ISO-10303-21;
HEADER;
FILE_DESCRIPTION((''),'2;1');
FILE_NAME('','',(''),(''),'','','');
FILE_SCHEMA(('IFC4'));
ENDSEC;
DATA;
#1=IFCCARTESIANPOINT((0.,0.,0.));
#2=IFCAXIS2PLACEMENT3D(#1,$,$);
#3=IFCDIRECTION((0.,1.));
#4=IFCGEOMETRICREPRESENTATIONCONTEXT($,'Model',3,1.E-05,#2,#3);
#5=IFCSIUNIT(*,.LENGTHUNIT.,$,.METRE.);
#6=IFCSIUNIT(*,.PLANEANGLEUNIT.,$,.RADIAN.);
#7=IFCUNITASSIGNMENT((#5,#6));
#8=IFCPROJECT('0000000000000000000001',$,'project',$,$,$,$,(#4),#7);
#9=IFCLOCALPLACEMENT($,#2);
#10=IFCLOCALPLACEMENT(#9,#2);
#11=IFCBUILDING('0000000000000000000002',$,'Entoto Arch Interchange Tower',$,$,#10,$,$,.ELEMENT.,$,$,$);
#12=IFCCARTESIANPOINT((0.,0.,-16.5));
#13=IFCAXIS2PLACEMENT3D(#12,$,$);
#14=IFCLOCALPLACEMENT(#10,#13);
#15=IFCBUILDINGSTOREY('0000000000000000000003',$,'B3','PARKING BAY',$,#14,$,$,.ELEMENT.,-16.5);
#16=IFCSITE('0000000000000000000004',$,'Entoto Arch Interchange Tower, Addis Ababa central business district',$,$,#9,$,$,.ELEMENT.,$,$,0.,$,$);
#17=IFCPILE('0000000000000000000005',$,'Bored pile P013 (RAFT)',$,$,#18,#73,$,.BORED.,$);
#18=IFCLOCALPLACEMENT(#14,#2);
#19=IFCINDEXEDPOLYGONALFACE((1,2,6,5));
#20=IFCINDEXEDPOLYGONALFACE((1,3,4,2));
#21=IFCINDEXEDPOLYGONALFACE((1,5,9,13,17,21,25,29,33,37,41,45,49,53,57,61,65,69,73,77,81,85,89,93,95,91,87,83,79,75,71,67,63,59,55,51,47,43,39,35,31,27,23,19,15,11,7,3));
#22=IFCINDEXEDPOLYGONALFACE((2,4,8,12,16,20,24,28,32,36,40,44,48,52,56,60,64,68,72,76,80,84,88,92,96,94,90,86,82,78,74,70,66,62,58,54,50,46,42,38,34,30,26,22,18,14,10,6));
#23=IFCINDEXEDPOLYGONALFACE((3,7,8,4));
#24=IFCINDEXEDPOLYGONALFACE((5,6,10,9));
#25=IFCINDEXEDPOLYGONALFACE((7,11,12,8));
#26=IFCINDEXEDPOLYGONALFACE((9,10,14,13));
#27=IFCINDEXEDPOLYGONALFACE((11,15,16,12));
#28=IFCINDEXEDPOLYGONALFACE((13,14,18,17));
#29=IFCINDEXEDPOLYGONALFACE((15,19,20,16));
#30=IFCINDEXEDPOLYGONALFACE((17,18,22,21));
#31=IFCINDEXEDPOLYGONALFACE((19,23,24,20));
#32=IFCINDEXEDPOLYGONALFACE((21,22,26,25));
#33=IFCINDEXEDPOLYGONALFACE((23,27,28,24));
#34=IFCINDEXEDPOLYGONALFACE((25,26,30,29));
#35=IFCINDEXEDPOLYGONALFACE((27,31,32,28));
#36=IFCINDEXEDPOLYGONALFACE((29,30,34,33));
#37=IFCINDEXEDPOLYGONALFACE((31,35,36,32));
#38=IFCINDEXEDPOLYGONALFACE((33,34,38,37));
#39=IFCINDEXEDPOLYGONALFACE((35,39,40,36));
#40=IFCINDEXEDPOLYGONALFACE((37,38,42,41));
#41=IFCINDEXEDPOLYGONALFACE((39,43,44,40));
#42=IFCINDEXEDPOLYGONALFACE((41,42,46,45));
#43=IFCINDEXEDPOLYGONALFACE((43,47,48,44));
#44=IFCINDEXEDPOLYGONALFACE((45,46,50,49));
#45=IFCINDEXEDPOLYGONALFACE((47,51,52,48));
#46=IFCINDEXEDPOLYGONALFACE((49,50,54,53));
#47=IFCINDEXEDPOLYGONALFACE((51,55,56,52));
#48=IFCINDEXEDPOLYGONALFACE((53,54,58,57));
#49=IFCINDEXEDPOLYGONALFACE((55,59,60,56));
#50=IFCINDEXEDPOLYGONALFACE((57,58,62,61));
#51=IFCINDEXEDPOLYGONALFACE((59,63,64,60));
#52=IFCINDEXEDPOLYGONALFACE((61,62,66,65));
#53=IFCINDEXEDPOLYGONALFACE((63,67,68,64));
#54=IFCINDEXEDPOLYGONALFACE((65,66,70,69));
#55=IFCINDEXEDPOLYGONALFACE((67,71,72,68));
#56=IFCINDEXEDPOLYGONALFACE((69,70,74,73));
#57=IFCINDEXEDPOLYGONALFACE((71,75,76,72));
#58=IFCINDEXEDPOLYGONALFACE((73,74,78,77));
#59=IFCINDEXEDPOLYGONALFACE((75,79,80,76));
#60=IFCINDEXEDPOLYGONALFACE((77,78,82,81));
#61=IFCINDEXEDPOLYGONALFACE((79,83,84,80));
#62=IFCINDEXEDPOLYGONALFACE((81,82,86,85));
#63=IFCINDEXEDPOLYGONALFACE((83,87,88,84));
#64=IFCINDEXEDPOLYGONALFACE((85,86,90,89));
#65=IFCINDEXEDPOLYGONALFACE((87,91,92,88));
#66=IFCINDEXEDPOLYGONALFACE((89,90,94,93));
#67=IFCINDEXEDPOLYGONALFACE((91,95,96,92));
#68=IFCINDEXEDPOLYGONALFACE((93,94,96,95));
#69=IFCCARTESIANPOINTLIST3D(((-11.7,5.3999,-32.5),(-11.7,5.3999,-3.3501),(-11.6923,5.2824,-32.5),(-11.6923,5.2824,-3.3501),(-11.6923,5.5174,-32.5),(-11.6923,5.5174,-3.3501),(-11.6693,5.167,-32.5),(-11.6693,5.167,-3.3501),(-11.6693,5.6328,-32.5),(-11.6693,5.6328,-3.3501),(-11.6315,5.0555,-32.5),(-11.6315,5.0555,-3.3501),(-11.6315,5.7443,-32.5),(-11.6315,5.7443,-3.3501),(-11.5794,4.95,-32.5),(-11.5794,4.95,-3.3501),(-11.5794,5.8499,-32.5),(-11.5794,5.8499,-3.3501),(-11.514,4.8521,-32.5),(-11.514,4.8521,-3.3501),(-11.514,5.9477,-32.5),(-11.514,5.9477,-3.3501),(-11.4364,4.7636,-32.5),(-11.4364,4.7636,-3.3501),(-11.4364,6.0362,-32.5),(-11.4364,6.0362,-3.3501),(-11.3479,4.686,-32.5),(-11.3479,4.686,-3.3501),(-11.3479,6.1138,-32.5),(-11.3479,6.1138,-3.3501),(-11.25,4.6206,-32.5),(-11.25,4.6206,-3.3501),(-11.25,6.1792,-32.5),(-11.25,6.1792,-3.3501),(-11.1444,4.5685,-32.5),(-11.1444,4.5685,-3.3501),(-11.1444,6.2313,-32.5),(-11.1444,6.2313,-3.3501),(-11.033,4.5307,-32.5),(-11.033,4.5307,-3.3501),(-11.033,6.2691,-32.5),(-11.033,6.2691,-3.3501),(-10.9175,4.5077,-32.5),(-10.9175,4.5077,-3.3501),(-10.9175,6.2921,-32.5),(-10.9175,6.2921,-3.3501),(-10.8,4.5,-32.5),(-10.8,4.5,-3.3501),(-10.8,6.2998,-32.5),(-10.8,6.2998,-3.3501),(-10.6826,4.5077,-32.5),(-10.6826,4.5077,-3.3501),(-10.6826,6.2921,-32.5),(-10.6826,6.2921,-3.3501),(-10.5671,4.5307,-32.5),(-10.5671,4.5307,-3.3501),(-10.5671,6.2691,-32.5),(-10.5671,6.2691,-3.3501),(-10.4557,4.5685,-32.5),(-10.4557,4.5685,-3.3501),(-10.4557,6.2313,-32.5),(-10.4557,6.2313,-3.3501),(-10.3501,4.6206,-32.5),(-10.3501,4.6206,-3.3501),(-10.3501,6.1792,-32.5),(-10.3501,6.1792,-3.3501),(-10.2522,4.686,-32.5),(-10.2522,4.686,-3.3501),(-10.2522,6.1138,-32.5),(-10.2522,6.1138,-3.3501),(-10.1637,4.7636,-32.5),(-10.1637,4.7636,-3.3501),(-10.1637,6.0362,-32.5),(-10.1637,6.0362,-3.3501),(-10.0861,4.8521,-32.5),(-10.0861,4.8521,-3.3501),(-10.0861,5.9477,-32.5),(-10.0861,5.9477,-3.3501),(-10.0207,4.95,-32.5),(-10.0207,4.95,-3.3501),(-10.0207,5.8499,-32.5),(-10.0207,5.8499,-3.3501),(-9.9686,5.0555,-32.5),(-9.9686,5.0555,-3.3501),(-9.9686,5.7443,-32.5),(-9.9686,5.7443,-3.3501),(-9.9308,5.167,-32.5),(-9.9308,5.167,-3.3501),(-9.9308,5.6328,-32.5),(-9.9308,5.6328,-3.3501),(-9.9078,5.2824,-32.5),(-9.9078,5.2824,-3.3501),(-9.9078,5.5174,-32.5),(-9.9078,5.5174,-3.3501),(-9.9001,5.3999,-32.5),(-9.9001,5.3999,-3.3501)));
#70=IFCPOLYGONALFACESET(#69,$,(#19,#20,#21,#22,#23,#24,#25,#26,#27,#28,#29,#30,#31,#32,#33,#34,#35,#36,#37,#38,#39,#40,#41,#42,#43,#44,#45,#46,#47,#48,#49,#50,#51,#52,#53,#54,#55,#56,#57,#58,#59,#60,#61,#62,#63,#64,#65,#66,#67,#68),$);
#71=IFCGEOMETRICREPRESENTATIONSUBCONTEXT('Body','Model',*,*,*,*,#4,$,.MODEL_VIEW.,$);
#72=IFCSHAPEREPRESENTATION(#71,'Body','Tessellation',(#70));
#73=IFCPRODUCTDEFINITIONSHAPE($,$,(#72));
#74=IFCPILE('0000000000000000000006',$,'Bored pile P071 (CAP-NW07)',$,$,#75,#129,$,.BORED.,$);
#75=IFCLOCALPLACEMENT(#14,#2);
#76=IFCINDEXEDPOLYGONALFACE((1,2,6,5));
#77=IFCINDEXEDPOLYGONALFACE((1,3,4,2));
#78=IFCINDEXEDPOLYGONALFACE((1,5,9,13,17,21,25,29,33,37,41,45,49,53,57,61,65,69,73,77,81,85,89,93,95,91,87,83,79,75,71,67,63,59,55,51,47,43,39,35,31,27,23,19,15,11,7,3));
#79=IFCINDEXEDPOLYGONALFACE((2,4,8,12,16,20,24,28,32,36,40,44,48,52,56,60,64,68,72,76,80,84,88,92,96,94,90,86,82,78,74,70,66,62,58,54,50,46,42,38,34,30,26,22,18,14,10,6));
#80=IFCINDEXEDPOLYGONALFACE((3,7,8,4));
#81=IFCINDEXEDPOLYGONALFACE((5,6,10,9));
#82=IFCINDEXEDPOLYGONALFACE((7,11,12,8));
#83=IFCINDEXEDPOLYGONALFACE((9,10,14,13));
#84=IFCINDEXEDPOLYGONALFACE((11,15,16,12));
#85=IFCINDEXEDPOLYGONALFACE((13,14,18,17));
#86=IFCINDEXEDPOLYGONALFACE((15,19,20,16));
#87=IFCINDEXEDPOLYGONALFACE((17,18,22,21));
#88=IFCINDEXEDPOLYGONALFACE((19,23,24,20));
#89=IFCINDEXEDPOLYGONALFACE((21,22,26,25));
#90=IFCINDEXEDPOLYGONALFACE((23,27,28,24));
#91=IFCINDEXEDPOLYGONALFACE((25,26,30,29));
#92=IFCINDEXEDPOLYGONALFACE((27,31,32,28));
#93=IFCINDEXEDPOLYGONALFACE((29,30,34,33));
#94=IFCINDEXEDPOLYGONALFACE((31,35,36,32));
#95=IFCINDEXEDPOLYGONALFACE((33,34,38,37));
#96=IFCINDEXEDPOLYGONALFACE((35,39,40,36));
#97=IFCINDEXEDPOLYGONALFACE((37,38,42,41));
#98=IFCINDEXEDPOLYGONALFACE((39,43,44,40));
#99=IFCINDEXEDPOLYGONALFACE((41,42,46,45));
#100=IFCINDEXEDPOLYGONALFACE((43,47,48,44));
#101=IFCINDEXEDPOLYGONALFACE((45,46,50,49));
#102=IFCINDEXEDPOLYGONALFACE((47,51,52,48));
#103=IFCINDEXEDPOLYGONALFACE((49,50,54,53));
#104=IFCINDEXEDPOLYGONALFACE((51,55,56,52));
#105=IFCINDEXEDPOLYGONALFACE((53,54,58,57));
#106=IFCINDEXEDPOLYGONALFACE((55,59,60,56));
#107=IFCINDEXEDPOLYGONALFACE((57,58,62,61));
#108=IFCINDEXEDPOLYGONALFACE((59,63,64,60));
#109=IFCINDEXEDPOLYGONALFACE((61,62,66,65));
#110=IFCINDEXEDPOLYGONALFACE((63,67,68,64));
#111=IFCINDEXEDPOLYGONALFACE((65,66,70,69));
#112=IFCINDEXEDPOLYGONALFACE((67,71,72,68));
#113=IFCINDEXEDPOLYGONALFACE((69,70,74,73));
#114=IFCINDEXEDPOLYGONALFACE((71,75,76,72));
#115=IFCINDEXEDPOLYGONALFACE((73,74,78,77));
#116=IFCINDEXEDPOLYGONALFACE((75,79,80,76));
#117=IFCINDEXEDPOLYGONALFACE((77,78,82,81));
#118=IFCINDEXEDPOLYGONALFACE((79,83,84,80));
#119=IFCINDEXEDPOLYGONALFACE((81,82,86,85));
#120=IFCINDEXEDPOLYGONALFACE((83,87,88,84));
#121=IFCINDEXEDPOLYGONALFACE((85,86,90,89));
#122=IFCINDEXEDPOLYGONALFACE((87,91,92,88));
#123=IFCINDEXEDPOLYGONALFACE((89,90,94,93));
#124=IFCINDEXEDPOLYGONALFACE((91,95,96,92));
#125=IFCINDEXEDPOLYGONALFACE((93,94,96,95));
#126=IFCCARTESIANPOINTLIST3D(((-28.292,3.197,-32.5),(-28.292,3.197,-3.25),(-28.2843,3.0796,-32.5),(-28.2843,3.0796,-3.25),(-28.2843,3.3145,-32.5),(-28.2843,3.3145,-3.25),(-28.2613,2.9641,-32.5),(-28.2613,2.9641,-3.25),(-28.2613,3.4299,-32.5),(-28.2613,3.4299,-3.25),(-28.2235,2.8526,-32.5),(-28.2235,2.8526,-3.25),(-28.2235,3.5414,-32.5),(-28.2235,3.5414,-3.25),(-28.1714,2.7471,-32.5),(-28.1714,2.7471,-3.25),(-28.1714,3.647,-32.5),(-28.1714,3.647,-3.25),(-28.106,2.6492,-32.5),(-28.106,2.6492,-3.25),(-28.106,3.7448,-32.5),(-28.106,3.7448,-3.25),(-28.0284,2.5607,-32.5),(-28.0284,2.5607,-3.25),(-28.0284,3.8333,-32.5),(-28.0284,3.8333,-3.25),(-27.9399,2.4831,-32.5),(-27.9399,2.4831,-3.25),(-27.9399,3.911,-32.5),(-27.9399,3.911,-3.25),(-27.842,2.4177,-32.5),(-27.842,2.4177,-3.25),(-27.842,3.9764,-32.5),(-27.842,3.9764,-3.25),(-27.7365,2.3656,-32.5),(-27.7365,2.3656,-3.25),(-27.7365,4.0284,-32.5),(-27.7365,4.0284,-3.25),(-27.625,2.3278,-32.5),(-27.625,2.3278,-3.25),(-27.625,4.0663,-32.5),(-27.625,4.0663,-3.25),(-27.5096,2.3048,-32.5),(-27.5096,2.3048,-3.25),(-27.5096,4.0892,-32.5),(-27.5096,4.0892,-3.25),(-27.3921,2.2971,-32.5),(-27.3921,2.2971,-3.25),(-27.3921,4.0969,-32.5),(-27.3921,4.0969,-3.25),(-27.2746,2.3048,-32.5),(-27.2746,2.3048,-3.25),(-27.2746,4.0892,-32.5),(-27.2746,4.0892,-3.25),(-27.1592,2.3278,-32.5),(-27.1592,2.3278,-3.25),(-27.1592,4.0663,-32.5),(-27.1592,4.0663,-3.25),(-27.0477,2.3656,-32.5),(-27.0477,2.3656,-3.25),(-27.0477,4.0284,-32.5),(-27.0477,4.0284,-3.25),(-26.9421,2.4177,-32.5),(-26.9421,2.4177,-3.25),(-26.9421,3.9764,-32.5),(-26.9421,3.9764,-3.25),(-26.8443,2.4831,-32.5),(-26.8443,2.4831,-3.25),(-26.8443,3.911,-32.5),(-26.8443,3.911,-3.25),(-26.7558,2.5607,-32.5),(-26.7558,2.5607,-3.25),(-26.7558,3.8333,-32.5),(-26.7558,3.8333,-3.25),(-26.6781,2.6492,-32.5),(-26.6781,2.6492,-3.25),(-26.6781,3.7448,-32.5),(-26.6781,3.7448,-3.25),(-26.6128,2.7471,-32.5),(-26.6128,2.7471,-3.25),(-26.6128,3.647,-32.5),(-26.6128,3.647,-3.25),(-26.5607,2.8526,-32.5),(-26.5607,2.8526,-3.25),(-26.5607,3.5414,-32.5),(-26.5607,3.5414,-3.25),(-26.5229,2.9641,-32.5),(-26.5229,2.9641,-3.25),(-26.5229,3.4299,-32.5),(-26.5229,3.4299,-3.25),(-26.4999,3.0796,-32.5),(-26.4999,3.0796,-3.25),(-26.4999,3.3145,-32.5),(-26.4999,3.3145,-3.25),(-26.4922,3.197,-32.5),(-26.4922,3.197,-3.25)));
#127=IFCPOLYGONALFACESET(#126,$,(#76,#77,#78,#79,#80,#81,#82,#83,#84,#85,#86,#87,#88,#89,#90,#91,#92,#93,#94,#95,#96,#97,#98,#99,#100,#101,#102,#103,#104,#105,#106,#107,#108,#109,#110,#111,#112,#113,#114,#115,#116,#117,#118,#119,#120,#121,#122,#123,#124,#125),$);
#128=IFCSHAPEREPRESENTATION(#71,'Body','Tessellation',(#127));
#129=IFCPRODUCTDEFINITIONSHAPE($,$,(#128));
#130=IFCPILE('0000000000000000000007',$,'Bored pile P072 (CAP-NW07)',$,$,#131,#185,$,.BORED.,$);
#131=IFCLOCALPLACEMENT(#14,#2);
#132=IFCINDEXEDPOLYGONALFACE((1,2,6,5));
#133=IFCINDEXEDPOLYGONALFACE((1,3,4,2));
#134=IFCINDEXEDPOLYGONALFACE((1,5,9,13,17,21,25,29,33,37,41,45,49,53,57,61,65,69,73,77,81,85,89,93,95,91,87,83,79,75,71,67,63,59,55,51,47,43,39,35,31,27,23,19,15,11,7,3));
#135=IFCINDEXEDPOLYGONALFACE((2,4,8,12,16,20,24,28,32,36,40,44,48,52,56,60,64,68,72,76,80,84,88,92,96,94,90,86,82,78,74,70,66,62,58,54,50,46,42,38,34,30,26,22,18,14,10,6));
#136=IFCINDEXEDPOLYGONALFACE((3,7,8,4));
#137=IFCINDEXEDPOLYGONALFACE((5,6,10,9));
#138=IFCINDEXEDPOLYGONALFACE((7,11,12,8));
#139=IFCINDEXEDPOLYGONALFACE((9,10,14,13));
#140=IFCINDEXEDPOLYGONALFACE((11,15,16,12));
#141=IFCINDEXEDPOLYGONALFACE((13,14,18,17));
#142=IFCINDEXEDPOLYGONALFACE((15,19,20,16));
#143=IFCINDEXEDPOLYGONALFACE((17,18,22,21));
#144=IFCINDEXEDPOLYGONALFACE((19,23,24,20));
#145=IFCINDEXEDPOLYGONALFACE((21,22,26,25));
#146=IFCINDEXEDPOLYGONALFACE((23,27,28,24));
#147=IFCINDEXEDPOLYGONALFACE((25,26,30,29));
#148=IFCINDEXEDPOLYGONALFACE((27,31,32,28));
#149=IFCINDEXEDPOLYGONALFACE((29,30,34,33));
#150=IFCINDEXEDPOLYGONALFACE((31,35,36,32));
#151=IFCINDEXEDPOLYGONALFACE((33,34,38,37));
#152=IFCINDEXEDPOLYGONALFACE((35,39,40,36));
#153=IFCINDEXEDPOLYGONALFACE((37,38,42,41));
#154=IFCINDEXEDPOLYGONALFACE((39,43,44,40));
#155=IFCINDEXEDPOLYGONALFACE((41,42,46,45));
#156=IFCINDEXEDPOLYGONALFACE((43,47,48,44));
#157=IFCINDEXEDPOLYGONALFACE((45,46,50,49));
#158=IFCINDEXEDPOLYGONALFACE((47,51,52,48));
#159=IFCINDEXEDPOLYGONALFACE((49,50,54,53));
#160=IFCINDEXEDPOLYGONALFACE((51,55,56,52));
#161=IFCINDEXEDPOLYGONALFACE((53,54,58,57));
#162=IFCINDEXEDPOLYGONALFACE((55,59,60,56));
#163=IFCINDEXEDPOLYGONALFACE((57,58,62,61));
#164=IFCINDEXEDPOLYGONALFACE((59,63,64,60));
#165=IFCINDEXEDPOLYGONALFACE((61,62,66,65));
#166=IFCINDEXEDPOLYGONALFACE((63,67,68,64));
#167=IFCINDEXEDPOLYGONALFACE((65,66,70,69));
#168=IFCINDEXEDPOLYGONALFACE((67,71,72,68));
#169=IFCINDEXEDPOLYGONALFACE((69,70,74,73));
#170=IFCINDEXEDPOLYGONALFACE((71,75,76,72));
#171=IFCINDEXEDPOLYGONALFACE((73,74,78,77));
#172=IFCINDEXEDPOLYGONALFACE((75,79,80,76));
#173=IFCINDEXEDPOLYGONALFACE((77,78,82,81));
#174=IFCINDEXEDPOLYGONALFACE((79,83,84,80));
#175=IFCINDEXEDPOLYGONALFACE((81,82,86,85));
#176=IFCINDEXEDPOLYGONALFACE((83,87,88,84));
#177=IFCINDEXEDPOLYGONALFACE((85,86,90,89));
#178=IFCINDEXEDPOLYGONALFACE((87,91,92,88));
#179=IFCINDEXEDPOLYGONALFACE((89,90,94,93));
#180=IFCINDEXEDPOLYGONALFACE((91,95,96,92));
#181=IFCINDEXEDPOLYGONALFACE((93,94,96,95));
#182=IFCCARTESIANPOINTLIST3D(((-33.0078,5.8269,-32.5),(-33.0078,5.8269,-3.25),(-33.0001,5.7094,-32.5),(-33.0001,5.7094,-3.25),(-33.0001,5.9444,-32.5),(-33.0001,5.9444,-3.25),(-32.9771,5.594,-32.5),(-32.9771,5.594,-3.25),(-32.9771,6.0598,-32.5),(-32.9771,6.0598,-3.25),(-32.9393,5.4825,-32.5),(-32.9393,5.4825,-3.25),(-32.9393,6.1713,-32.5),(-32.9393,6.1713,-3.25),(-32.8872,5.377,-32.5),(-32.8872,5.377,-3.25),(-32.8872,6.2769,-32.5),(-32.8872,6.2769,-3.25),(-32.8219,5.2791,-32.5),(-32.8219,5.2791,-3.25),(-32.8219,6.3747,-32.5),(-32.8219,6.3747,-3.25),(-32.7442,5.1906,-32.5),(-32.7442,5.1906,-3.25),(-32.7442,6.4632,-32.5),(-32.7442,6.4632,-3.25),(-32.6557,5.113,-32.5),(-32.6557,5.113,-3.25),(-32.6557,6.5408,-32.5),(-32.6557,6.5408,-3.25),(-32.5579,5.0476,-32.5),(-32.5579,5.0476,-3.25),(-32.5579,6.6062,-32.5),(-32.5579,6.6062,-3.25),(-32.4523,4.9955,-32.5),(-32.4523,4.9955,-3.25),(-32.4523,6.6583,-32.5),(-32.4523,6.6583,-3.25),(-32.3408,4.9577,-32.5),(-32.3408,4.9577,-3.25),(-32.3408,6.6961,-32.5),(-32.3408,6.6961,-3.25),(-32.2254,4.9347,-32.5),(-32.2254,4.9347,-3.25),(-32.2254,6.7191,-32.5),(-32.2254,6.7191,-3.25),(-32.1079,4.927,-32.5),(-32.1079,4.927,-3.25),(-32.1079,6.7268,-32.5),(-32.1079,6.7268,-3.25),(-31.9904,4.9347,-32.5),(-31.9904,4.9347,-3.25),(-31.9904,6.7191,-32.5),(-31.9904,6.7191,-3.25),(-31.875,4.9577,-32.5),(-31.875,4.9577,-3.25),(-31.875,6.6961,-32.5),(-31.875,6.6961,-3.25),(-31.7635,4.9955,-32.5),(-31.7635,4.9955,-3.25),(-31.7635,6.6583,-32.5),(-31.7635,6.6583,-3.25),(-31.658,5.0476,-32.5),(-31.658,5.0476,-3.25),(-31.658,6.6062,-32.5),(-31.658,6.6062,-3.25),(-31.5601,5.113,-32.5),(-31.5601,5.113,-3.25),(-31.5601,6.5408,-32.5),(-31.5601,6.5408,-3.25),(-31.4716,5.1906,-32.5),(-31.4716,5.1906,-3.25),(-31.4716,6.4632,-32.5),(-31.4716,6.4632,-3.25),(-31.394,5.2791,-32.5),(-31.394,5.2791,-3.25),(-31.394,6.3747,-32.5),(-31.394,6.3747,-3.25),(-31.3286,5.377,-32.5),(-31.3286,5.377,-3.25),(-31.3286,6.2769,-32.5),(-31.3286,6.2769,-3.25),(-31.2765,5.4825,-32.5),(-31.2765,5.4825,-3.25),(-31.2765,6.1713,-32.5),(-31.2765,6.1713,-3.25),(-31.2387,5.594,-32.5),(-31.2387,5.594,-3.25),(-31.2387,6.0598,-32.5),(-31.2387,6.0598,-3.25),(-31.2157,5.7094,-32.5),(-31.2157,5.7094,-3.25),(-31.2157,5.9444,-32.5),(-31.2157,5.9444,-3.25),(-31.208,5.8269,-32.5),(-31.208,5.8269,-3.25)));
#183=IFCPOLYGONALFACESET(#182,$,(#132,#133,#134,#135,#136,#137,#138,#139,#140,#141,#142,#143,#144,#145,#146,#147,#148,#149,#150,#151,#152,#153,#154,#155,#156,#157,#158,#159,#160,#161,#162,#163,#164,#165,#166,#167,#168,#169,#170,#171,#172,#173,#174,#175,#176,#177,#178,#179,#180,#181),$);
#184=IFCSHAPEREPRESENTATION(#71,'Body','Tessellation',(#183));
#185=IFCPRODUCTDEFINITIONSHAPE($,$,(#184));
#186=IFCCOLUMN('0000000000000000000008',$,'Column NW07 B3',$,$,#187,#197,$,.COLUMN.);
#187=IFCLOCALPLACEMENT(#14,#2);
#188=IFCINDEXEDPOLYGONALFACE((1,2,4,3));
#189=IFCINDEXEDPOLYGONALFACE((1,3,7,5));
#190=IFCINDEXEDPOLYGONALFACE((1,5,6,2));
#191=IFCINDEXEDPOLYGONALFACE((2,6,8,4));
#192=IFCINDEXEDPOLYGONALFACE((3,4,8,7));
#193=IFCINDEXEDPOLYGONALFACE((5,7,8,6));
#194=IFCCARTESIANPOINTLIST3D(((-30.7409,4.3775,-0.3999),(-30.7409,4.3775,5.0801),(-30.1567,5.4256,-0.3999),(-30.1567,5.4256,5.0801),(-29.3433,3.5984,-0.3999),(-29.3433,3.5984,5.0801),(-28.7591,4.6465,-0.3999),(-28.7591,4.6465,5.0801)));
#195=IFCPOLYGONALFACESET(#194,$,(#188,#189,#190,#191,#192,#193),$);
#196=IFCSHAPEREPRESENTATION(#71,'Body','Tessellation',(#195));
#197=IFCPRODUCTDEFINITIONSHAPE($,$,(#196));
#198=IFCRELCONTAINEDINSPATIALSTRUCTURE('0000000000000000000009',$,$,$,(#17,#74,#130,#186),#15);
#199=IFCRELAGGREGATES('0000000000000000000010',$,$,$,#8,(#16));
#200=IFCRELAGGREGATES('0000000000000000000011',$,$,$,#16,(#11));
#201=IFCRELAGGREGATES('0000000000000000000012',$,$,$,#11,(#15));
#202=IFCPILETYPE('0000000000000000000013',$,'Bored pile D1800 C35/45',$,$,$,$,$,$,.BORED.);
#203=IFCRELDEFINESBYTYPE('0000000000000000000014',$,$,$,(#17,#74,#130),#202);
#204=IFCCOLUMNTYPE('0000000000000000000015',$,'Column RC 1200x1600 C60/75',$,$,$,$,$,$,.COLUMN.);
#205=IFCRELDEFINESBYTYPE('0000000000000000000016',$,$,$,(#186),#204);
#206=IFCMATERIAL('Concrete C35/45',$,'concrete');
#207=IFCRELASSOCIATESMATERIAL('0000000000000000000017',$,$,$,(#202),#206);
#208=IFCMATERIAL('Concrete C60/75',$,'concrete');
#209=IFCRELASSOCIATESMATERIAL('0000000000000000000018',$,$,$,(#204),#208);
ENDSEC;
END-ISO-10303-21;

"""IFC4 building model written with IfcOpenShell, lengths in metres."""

from ifc_helpers import new_model, si_unit, direction, frame, origin, origin_2d, place, context, subcontext, project, spatial, rectangle, circle, extrude, material, material_profile, profile_set, type_object, element, save


model = new_model("IFC4")

# Units and contexts
model_context = context("Model", 3, precision=1e-05, world=origin(), true_north=direction((0.0, 1.0)))
body_context = subcontext(model_context, "Body", "Model", "MODEL_VIEW")
ifc_project = project(units=[si_unit("LENGTHUNIT", "METRE"), si_unit("PLANEANGLEUNIT", "RADIAN")], contexts=[model_context])

# Site, building, storey
site_placement = place(None, origin())
site = spatial("IfcSite", under=ifc_project, at=site_placement, Name="Entoto Arch Interchange Tower, Addis Ababa central business district", CompositionType="ELEMENT", RefElevation=0.0)
building_placement = place(site_placement, origin())
building = spatial("IfcBuilding", under=site, at=building_placement, Name="Entoto Arch Interchange Tower", CompositionType="ELEMENT")
storey_placement = place(building_placement, frame((0.0, 0.0, -16.5)))
storey = spatial("IfcBuildingStorey", under=building, at=storey_placement, Name="B3", Description="PARKING BAY", CompositionType="ELEMENT", Elevation=-16.5)

# Piles
ifc_material_1 = material(Name="Concrete C35/45", Category="concrete")
ifc_material_profile_1 = material_profile(ifc_material_1, circle(Radius=0.8999, at=origin_2d()))
ifc_profile_set_1 = profile_set([ifc_material_profile_1], Name="Concrete C35/45")
pile_type = type_object("IfcPileType", Name="Bored pile D1800 C35/45", PredefinedType="BORED", material=ifc_profile_set_1)
pile_placement = place(storey_placement, frame((-10.8, 5.3999, -3.3501), z_axis=(0.0, 0.0, -1.0), x_axis=(1.0, 0.0, 0.0)))
element("IfcPile", 1, at=pile_placement, inside=storey, type_object=pile_type, Name="Bored pile P013 (RAFT)", PredefinedType="BORED", context=body_context, shape_type="SweptSolid", body=[
    extrude(circle(Radius=0.8999, at=origin_2d()), origin(), (0.0, 0.0, 1.0), 29.1499),
])
for number, where, z_axis, x_axis, name in (
    (2, (-27.3921, 3.197, -3.25), (0.0, 0.0, -1.0), (1.0, 0.0, 0.0), "Bored pile P071 (CAP-NW07)"),
    (3, (-32.1079, 5.8269, -3.25), (0.0, 0.0, -1.0), (1.0, 0.0, 0.0), "Bored pile P072 (CAP-NW07)"),
):
    element("IfcPile", number, at=place(storey_placement, frame(where, z_axis=z_axis, x_axis=x_axis)), inside=storey, type_object=pile_type, Name=name, PredefinedType="BORED", context=body_context, shape_type="SweptSolid", body=[
        extrude(circle(Radius=0.8999, at=origin_2d()), origin(), (0.0, 0.0, 1.0), 29.25),
    ])

# Column
ifc_material_2 = material(Name="Concrete C60/75", Category="concrete")
ifc_material_profile_2 = material_profile(ifc_material_2, rectangle(XDim=1.2, YDim=1.6001, at=origin_2d()))
ifc_profile_set_2 = profile_set([ifc_material_profile_2], Name="Concrete C60/75")
column_type_1 = type_object("IfcColumnType", Name="Column RC 1200x1600 C60/75", PredefinedType="COLUMN", material=ifc_profile_set_2)
column_placement = place(storey_placement, frame((-29.75, 4.512, -0.3999), z_axis=(0.0, 0.0, 1.0), x_axis=(0.486915, 0.873449, 0.0)))
element("IfcColumn", 4, at=column_placement, inside=storey, type_object=column_type_1, Name="Column NW07 B3", PredefinedType="COLUMN", context=body_context, shape_type="SweptSolid", body=[
    extrude(rectangle(XDim=1.2, YDim=1.6001, at=origin_2d()), origin(), (0.0, 0.0, 1.0), 5.48),
])

save(model, "model.ifc")
